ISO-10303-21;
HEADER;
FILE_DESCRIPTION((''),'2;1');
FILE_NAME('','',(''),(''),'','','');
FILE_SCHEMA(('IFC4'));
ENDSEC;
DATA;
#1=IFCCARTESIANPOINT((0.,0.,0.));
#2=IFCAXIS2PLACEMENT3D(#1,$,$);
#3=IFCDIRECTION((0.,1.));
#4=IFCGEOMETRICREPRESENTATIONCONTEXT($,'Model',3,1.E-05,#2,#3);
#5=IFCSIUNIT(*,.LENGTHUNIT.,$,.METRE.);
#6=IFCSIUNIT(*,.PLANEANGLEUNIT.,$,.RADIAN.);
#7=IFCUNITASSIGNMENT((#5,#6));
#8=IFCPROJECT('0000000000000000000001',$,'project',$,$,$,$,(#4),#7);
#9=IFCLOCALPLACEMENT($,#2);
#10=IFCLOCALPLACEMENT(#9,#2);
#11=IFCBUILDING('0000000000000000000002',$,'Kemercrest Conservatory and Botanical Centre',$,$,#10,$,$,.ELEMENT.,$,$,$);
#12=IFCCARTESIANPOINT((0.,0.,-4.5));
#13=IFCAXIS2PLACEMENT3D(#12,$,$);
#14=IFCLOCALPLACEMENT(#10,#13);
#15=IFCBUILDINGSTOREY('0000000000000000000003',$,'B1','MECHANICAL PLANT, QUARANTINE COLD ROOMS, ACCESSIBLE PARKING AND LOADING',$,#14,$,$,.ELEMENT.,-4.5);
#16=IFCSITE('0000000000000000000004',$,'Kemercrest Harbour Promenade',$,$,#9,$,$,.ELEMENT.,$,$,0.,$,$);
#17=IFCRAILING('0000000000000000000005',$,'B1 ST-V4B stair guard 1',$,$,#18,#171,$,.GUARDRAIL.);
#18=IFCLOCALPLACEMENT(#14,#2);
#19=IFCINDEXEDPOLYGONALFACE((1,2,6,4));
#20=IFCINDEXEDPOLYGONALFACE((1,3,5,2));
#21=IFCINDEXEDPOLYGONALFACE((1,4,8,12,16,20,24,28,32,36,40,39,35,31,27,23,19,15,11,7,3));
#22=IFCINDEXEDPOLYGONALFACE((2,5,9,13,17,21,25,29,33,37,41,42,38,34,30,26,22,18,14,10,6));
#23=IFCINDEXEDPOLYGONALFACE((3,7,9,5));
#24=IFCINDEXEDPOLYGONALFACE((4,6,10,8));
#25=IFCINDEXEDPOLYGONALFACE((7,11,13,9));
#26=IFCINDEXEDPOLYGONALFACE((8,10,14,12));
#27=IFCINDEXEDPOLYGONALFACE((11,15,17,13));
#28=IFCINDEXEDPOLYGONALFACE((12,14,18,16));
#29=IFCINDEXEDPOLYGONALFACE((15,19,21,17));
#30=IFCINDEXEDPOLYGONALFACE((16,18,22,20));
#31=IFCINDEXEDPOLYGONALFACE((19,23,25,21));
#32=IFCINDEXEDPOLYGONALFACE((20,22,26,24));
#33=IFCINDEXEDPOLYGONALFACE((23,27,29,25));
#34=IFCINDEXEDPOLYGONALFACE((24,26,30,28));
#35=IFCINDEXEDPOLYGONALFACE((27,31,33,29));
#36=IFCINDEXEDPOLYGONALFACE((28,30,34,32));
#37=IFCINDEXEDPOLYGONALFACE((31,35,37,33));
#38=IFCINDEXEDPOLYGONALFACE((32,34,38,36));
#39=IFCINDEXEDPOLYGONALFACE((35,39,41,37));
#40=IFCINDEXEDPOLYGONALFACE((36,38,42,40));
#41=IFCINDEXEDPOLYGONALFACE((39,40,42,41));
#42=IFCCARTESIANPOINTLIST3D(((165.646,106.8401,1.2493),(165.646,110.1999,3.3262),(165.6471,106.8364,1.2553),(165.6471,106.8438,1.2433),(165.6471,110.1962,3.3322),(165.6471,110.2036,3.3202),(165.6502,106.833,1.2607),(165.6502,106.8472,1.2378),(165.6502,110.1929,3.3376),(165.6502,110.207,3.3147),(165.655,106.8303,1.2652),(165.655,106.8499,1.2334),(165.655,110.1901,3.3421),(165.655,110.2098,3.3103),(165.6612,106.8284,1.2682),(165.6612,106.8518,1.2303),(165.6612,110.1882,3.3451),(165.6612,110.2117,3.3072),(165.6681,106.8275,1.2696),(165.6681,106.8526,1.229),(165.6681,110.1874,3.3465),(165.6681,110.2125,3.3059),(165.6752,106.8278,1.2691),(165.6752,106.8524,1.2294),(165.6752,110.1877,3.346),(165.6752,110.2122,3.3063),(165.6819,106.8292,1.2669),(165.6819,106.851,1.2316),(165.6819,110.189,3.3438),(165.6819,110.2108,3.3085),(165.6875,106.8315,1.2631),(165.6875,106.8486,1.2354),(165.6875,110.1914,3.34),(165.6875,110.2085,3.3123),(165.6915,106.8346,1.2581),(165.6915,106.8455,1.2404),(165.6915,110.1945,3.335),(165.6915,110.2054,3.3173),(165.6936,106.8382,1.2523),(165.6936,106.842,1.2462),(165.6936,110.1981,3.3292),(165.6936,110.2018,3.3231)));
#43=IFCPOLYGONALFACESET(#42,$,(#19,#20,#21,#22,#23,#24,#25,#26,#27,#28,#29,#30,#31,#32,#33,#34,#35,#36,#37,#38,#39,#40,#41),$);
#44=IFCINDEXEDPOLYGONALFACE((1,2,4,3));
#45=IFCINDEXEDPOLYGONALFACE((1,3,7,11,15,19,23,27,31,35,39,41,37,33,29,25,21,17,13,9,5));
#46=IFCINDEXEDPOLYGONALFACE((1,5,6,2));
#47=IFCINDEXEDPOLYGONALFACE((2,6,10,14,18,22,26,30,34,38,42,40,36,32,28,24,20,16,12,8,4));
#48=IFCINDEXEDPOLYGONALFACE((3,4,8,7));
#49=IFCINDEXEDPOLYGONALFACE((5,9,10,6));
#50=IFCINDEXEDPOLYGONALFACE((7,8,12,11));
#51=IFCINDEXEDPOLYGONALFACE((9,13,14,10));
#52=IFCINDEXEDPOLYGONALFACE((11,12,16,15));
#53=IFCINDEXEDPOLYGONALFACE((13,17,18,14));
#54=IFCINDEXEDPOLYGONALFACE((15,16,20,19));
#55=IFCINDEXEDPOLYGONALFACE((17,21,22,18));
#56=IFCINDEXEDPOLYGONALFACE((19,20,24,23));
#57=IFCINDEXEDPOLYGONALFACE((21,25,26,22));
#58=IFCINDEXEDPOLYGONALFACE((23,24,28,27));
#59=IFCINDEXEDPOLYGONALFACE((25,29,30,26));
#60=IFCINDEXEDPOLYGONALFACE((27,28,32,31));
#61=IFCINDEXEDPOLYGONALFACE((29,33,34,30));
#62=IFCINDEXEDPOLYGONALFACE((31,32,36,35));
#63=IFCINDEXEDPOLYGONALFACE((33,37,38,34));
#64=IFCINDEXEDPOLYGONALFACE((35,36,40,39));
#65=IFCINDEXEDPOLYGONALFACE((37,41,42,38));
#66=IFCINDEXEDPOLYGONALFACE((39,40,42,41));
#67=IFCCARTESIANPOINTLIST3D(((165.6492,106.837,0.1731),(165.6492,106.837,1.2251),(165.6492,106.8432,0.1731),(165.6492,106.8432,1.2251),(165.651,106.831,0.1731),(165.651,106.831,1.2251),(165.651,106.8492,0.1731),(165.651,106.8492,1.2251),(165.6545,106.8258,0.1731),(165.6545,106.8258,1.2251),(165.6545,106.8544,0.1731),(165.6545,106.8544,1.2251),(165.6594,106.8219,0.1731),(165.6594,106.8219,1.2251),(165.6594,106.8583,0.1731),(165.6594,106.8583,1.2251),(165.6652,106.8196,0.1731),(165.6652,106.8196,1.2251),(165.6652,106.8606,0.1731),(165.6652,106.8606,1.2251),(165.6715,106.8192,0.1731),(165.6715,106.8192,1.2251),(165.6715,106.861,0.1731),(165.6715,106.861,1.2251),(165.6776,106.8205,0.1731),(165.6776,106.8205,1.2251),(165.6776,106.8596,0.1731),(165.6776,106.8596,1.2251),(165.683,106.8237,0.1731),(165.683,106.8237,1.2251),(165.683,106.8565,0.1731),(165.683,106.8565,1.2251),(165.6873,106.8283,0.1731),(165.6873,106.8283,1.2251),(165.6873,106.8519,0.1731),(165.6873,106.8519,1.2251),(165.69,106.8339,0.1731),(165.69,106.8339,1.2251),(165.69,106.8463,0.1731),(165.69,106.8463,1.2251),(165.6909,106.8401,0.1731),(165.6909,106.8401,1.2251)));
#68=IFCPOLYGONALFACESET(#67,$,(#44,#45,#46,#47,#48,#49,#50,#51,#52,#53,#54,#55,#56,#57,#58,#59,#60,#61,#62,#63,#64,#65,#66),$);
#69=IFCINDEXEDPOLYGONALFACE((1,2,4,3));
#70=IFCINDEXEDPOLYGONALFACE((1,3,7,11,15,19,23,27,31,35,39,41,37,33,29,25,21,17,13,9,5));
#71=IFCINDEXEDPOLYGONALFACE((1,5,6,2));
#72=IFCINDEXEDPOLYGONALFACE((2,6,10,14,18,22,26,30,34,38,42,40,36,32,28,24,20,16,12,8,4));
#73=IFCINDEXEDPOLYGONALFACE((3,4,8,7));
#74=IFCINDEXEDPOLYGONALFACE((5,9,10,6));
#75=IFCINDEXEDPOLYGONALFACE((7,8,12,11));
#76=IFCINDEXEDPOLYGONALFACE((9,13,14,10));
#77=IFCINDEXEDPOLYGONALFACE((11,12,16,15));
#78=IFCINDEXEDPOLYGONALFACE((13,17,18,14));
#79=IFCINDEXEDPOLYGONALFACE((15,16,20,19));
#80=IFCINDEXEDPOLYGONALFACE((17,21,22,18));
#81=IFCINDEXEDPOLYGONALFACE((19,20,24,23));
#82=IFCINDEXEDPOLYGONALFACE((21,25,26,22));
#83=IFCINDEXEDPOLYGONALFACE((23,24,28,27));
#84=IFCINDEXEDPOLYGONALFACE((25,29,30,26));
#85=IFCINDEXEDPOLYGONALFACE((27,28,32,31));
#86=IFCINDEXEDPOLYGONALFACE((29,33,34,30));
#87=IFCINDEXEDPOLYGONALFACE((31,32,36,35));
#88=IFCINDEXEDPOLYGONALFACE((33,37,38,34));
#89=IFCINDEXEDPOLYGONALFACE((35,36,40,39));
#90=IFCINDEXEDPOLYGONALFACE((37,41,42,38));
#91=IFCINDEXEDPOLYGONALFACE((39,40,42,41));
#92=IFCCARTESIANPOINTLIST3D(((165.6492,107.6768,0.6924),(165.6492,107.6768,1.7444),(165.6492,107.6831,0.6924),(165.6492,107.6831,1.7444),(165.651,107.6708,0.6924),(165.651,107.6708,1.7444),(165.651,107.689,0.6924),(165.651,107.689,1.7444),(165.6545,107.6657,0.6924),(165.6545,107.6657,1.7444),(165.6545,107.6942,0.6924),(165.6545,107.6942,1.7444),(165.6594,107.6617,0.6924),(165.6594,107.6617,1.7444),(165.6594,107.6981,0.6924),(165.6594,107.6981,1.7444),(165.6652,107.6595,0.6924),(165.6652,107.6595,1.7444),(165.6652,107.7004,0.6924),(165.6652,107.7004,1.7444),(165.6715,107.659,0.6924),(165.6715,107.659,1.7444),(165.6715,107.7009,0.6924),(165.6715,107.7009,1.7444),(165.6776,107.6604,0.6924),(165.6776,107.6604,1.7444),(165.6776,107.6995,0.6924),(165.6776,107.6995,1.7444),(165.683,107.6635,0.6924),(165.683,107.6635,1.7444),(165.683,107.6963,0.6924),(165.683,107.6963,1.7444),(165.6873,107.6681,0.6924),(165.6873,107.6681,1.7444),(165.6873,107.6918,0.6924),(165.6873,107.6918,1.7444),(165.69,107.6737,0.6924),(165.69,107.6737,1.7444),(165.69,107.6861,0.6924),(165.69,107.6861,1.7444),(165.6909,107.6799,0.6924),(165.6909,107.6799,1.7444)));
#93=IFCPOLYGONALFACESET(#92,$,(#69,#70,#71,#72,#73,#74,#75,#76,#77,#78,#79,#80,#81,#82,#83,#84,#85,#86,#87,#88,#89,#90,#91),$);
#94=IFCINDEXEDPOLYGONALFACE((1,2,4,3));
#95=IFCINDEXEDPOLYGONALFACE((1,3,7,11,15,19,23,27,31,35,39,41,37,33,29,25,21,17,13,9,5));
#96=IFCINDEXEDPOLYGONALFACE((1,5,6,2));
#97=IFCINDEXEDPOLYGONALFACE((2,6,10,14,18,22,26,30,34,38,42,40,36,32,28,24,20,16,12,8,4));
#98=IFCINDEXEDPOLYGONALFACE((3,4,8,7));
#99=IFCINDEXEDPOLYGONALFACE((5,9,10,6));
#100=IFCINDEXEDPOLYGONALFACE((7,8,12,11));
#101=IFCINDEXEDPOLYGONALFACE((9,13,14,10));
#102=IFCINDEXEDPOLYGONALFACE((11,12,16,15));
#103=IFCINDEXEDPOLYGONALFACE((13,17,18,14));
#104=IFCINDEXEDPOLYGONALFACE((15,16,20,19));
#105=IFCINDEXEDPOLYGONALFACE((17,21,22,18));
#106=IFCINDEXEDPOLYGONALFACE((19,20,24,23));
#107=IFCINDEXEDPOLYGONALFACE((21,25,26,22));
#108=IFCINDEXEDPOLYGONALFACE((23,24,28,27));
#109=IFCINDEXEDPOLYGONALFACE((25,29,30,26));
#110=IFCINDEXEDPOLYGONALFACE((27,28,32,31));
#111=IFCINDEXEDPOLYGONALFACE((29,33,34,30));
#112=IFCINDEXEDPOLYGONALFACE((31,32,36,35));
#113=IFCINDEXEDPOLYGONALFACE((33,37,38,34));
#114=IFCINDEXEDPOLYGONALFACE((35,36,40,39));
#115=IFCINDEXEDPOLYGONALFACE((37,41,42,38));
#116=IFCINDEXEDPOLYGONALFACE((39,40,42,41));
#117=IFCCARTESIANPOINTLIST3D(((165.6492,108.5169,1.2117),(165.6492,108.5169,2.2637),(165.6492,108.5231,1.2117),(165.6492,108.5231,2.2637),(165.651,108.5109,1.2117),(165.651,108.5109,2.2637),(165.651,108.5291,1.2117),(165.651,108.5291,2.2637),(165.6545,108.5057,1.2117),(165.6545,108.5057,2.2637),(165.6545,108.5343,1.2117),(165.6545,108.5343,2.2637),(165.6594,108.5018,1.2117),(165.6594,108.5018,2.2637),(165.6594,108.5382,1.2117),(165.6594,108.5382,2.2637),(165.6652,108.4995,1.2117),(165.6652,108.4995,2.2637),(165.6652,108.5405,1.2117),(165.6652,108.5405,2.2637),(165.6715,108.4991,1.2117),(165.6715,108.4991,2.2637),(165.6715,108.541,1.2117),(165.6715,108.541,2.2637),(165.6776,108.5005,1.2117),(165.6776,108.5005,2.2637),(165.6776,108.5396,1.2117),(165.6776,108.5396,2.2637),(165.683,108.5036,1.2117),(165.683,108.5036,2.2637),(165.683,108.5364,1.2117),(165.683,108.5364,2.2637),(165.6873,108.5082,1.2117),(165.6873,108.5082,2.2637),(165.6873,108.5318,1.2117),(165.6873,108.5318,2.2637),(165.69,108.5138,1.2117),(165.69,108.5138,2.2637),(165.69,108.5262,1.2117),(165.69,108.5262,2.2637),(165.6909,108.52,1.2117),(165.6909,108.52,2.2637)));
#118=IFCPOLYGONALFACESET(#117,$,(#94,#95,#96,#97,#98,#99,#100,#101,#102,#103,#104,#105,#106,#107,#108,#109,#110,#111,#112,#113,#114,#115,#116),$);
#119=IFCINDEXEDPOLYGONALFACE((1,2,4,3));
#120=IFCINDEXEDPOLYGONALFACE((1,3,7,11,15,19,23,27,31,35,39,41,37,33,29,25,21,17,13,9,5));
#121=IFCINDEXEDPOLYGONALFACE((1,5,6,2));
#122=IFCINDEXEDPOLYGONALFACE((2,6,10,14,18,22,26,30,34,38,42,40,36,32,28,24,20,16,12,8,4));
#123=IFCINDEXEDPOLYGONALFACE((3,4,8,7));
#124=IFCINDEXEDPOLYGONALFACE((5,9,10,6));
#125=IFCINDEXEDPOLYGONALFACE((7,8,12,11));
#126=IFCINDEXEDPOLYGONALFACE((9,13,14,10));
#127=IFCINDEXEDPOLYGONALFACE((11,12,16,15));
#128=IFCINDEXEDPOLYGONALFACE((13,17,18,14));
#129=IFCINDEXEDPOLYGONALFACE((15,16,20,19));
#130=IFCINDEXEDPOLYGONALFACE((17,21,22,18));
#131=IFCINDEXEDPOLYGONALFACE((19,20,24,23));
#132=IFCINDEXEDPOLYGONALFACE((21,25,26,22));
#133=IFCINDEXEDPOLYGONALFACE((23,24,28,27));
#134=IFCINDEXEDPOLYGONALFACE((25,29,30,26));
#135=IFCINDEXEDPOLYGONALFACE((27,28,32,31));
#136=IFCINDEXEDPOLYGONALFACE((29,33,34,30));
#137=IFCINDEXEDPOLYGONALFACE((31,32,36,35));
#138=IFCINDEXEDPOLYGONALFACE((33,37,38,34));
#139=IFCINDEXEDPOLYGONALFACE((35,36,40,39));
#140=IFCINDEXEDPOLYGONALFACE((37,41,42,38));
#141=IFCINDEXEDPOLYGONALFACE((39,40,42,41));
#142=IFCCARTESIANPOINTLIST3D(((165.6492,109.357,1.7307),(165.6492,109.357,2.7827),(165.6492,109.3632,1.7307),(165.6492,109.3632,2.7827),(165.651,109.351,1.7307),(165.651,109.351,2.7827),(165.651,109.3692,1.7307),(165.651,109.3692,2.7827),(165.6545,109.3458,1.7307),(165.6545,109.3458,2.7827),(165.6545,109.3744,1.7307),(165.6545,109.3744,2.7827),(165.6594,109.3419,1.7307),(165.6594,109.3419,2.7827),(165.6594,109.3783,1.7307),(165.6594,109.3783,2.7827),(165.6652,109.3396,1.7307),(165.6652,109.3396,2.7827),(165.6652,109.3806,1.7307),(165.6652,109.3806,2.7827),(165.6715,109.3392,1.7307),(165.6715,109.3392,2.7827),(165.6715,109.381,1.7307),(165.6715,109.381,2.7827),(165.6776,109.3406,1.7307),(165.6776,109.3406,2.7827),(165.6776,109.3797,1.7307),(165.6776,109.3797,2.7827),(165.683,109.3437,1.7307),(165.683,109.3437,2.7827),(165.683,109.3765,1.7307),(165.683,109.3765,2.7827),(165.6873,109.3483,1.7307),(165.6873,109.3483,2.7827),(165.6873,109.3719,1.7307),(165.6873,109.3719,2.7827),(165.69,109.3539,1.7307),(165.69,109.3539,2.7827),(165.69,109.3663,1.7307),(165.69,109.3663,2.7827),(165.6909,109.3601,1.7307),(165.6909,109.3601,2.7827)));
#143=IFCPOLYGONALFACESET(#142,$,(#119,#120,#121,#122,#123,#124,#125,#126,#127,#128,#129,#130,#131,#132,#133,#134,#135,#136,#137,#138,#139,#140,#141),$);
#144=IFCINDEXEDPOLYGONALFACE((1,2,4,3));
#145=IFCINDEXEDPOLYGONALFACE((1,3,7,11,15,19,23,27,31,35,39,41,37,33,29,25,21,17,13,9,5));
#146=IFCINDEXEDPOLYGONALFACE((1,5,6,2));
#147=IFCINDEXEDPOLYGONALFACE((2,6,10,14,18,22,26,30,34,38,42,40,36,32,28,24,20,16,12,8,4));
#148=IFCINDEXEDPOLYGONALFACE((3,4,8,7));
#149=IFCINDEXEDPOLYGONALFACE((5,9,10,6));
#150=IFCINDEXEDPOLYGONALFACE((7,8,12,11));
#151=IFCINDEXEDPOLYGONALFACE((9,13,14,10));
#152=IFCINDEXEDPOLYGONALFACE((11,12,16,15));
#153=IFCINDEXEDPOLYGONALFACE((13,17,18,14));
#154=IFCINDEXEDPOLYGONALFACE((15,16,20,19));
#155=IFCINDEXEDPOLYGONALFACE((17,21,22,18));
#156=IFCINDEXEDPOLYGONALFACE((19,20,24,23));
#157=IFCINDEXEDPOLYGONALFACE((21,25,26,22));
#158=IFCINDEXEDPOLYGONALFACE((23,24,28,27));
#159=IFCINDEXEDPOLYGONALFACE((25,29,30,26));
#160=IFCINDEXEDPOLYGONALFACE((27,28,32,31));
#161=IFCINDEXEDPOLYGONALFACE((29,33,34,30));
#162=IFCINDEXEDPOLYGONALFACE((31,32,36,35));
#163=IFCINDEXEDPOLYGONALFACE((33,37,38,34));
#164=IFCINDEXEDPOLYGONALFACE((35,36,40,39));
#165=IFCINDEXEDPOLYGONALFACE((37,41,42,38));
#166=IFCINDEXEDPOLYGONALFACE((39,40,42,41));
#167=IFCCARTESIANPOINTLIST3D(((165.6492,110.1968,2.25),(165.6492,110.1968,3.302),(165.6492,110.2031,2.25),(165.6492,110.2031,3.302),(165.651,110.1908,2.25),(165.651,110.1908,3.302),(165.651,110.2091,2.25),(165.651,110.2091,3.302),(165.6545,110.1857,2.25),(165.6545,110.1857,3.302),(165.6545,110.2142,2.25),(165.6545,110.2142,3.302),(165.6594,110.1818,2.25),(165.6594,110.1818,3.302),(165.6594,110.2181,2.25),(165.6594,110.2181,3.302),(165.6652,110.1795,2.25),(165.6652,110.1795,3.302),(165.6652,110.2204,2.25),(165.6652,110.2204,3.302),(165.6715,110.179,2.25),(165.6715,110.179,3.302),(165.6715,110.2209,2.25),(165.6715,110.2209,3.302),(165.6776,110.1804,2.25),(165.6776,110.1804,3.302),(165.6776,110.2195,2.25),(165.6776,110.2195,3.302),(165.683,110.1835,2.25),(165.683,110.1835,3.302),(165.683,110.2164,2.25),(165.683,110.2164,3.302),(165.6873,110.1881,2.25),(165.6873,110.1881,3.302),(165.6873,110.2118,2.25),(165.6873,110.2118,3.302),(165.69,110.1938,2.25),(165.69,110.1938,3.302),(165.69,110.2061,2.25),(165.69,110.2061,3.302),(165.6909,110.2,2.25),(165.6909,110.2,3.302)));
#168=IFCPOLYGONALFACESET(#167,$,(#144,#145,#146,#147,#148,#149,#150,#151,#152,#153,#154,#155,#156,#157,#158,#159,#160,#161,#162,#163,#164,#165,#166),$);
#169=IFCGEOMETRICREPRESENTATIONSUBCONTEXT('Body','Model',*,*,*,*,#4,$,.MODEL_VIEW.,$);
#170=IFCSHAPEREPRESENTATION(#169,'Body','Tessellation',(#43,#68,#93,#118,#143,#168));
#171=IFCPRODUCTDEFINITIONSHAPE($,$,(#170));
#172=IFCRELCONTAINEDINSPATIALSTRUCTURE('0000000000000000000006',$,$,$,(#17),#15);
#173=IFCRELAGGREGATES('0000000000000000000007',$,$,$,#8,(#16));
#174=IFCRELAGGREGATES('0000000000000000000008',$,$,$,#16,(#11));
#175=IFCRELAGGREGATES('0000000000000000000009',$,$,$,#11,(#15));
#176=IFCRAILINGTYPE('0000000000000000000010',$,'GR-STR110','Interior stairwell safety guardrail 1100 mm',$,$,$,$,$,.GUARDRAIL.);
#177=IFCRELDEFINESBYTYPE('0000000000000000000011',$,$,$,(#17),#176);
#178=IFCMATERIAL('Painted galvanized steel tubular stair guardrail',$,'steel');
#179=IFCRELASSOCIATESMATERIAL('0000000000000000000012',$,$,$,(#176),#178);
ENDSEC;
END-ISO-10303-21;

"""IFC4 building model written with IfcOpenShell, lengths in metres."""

from ifc_helpers import new_model, si_unit, direction, frame, origin, origin_2d, place, context, subcontext, project, spatial, circle, extrude, material, type_object, element, save


model = new_model("IFC4")

# Units and contexts
model_context = context("Model", 3, precision=1e-05, world=origin(), true_north=direction((0.0, 1.0)))
body_context = subcontext(model_context, "Body", "Model", "MODEL_VIEW")
ifc_project = project(units=[si_unit("LENGTHUNIT", "METRE"), si_unit("PLANEANGLEUNIT", "RADIAN")], contexts=[model_context])

# Site, building, storey
site_placement = place(None, origin())
site = spatial("IfcSite", under=ifc_project, at=site_placement, Name="Kemercrest Harbour Promenade", CompositionType="ELEMENT", RefElevation=0.0)
building_placement = place(site_placement, origin())
building = spatial("IfcBuilding", under=site, at=building_placement, Name="Kemercrest Conservatory and Botanical Centre", CompositionType="ELEMENT")
storey_placement = place(building_placement, frame((0.0, 0.0, -4.5)))
storey = spatial("IfcBuildingStorey", under=building, at=storey_placement, Name="B1", Description="MECHANICAL PLANT, QUARANTINE COLD ROOMS, ACCESSIBLE PARKING AND LOADING", CompositionType="ELEMENT", Elevation=-4.5)

# Railing
ifc_material_1 = material(Name="Painted galvanized steel tubular stair guardrail", Category="steel")
railing_type_1 = type_object("IfcRailingType", Name="GR-STR110", Description="Interior stairwell safety guardrail 1100 mm", PredefinedType="GUARDRAIL", material=ifc_material_1)
railing_1_placement = place(storey_placement, frame((165.6699, 106.8401, 0.1731)))
element("IfcRailing", 1, at=railing_1_placement, inside=storey, type_object=railing_type_1, Name="B1 ST-V4B stair guard 1", PredefinedType="GUARDRAIL", context=body_context, shape_type="SweptSolid", body=[
    extrude(circle(Radius=0.0239, at=origin_2d()), frame((0.0, 0.0, 1.0762), z_axis=(0.0, 0.850606, 0.525803), x_axis=(-1.0, 0.0, 0.0)), (0.0, 0.0, 1.0), 3.95),
    extrude(circle(Radius=0.021, at=origin_2d()), origin(), (0.0, 0.0, 1.0), 1.052),
    extrude(circle(Radius=0.021, at=origin_2d()), frame((0.0, 0.8398, 0.5193)), (0.0, 0.0, 1.0), 1.052),
    extrude(circle(Radius=0.021, at=origin_2d()), frame((0.0, 1.6799, 1.0386)), (0.0, 0.0, 1.0), 1.052),
    extrude(circle(Radius=0.021, at=origin_2d()), frame((0.0, 2.52, 1.5576)), (0.0, 0.0, 1.0), 1.052),
    extrude(circle(Radius=0.021, at=origin_2d()), frame((0.0, 3.3599, 2.0769)), (0.0, 0.0, 1.0), 1.052),
])

save(model, "model.ifc")
